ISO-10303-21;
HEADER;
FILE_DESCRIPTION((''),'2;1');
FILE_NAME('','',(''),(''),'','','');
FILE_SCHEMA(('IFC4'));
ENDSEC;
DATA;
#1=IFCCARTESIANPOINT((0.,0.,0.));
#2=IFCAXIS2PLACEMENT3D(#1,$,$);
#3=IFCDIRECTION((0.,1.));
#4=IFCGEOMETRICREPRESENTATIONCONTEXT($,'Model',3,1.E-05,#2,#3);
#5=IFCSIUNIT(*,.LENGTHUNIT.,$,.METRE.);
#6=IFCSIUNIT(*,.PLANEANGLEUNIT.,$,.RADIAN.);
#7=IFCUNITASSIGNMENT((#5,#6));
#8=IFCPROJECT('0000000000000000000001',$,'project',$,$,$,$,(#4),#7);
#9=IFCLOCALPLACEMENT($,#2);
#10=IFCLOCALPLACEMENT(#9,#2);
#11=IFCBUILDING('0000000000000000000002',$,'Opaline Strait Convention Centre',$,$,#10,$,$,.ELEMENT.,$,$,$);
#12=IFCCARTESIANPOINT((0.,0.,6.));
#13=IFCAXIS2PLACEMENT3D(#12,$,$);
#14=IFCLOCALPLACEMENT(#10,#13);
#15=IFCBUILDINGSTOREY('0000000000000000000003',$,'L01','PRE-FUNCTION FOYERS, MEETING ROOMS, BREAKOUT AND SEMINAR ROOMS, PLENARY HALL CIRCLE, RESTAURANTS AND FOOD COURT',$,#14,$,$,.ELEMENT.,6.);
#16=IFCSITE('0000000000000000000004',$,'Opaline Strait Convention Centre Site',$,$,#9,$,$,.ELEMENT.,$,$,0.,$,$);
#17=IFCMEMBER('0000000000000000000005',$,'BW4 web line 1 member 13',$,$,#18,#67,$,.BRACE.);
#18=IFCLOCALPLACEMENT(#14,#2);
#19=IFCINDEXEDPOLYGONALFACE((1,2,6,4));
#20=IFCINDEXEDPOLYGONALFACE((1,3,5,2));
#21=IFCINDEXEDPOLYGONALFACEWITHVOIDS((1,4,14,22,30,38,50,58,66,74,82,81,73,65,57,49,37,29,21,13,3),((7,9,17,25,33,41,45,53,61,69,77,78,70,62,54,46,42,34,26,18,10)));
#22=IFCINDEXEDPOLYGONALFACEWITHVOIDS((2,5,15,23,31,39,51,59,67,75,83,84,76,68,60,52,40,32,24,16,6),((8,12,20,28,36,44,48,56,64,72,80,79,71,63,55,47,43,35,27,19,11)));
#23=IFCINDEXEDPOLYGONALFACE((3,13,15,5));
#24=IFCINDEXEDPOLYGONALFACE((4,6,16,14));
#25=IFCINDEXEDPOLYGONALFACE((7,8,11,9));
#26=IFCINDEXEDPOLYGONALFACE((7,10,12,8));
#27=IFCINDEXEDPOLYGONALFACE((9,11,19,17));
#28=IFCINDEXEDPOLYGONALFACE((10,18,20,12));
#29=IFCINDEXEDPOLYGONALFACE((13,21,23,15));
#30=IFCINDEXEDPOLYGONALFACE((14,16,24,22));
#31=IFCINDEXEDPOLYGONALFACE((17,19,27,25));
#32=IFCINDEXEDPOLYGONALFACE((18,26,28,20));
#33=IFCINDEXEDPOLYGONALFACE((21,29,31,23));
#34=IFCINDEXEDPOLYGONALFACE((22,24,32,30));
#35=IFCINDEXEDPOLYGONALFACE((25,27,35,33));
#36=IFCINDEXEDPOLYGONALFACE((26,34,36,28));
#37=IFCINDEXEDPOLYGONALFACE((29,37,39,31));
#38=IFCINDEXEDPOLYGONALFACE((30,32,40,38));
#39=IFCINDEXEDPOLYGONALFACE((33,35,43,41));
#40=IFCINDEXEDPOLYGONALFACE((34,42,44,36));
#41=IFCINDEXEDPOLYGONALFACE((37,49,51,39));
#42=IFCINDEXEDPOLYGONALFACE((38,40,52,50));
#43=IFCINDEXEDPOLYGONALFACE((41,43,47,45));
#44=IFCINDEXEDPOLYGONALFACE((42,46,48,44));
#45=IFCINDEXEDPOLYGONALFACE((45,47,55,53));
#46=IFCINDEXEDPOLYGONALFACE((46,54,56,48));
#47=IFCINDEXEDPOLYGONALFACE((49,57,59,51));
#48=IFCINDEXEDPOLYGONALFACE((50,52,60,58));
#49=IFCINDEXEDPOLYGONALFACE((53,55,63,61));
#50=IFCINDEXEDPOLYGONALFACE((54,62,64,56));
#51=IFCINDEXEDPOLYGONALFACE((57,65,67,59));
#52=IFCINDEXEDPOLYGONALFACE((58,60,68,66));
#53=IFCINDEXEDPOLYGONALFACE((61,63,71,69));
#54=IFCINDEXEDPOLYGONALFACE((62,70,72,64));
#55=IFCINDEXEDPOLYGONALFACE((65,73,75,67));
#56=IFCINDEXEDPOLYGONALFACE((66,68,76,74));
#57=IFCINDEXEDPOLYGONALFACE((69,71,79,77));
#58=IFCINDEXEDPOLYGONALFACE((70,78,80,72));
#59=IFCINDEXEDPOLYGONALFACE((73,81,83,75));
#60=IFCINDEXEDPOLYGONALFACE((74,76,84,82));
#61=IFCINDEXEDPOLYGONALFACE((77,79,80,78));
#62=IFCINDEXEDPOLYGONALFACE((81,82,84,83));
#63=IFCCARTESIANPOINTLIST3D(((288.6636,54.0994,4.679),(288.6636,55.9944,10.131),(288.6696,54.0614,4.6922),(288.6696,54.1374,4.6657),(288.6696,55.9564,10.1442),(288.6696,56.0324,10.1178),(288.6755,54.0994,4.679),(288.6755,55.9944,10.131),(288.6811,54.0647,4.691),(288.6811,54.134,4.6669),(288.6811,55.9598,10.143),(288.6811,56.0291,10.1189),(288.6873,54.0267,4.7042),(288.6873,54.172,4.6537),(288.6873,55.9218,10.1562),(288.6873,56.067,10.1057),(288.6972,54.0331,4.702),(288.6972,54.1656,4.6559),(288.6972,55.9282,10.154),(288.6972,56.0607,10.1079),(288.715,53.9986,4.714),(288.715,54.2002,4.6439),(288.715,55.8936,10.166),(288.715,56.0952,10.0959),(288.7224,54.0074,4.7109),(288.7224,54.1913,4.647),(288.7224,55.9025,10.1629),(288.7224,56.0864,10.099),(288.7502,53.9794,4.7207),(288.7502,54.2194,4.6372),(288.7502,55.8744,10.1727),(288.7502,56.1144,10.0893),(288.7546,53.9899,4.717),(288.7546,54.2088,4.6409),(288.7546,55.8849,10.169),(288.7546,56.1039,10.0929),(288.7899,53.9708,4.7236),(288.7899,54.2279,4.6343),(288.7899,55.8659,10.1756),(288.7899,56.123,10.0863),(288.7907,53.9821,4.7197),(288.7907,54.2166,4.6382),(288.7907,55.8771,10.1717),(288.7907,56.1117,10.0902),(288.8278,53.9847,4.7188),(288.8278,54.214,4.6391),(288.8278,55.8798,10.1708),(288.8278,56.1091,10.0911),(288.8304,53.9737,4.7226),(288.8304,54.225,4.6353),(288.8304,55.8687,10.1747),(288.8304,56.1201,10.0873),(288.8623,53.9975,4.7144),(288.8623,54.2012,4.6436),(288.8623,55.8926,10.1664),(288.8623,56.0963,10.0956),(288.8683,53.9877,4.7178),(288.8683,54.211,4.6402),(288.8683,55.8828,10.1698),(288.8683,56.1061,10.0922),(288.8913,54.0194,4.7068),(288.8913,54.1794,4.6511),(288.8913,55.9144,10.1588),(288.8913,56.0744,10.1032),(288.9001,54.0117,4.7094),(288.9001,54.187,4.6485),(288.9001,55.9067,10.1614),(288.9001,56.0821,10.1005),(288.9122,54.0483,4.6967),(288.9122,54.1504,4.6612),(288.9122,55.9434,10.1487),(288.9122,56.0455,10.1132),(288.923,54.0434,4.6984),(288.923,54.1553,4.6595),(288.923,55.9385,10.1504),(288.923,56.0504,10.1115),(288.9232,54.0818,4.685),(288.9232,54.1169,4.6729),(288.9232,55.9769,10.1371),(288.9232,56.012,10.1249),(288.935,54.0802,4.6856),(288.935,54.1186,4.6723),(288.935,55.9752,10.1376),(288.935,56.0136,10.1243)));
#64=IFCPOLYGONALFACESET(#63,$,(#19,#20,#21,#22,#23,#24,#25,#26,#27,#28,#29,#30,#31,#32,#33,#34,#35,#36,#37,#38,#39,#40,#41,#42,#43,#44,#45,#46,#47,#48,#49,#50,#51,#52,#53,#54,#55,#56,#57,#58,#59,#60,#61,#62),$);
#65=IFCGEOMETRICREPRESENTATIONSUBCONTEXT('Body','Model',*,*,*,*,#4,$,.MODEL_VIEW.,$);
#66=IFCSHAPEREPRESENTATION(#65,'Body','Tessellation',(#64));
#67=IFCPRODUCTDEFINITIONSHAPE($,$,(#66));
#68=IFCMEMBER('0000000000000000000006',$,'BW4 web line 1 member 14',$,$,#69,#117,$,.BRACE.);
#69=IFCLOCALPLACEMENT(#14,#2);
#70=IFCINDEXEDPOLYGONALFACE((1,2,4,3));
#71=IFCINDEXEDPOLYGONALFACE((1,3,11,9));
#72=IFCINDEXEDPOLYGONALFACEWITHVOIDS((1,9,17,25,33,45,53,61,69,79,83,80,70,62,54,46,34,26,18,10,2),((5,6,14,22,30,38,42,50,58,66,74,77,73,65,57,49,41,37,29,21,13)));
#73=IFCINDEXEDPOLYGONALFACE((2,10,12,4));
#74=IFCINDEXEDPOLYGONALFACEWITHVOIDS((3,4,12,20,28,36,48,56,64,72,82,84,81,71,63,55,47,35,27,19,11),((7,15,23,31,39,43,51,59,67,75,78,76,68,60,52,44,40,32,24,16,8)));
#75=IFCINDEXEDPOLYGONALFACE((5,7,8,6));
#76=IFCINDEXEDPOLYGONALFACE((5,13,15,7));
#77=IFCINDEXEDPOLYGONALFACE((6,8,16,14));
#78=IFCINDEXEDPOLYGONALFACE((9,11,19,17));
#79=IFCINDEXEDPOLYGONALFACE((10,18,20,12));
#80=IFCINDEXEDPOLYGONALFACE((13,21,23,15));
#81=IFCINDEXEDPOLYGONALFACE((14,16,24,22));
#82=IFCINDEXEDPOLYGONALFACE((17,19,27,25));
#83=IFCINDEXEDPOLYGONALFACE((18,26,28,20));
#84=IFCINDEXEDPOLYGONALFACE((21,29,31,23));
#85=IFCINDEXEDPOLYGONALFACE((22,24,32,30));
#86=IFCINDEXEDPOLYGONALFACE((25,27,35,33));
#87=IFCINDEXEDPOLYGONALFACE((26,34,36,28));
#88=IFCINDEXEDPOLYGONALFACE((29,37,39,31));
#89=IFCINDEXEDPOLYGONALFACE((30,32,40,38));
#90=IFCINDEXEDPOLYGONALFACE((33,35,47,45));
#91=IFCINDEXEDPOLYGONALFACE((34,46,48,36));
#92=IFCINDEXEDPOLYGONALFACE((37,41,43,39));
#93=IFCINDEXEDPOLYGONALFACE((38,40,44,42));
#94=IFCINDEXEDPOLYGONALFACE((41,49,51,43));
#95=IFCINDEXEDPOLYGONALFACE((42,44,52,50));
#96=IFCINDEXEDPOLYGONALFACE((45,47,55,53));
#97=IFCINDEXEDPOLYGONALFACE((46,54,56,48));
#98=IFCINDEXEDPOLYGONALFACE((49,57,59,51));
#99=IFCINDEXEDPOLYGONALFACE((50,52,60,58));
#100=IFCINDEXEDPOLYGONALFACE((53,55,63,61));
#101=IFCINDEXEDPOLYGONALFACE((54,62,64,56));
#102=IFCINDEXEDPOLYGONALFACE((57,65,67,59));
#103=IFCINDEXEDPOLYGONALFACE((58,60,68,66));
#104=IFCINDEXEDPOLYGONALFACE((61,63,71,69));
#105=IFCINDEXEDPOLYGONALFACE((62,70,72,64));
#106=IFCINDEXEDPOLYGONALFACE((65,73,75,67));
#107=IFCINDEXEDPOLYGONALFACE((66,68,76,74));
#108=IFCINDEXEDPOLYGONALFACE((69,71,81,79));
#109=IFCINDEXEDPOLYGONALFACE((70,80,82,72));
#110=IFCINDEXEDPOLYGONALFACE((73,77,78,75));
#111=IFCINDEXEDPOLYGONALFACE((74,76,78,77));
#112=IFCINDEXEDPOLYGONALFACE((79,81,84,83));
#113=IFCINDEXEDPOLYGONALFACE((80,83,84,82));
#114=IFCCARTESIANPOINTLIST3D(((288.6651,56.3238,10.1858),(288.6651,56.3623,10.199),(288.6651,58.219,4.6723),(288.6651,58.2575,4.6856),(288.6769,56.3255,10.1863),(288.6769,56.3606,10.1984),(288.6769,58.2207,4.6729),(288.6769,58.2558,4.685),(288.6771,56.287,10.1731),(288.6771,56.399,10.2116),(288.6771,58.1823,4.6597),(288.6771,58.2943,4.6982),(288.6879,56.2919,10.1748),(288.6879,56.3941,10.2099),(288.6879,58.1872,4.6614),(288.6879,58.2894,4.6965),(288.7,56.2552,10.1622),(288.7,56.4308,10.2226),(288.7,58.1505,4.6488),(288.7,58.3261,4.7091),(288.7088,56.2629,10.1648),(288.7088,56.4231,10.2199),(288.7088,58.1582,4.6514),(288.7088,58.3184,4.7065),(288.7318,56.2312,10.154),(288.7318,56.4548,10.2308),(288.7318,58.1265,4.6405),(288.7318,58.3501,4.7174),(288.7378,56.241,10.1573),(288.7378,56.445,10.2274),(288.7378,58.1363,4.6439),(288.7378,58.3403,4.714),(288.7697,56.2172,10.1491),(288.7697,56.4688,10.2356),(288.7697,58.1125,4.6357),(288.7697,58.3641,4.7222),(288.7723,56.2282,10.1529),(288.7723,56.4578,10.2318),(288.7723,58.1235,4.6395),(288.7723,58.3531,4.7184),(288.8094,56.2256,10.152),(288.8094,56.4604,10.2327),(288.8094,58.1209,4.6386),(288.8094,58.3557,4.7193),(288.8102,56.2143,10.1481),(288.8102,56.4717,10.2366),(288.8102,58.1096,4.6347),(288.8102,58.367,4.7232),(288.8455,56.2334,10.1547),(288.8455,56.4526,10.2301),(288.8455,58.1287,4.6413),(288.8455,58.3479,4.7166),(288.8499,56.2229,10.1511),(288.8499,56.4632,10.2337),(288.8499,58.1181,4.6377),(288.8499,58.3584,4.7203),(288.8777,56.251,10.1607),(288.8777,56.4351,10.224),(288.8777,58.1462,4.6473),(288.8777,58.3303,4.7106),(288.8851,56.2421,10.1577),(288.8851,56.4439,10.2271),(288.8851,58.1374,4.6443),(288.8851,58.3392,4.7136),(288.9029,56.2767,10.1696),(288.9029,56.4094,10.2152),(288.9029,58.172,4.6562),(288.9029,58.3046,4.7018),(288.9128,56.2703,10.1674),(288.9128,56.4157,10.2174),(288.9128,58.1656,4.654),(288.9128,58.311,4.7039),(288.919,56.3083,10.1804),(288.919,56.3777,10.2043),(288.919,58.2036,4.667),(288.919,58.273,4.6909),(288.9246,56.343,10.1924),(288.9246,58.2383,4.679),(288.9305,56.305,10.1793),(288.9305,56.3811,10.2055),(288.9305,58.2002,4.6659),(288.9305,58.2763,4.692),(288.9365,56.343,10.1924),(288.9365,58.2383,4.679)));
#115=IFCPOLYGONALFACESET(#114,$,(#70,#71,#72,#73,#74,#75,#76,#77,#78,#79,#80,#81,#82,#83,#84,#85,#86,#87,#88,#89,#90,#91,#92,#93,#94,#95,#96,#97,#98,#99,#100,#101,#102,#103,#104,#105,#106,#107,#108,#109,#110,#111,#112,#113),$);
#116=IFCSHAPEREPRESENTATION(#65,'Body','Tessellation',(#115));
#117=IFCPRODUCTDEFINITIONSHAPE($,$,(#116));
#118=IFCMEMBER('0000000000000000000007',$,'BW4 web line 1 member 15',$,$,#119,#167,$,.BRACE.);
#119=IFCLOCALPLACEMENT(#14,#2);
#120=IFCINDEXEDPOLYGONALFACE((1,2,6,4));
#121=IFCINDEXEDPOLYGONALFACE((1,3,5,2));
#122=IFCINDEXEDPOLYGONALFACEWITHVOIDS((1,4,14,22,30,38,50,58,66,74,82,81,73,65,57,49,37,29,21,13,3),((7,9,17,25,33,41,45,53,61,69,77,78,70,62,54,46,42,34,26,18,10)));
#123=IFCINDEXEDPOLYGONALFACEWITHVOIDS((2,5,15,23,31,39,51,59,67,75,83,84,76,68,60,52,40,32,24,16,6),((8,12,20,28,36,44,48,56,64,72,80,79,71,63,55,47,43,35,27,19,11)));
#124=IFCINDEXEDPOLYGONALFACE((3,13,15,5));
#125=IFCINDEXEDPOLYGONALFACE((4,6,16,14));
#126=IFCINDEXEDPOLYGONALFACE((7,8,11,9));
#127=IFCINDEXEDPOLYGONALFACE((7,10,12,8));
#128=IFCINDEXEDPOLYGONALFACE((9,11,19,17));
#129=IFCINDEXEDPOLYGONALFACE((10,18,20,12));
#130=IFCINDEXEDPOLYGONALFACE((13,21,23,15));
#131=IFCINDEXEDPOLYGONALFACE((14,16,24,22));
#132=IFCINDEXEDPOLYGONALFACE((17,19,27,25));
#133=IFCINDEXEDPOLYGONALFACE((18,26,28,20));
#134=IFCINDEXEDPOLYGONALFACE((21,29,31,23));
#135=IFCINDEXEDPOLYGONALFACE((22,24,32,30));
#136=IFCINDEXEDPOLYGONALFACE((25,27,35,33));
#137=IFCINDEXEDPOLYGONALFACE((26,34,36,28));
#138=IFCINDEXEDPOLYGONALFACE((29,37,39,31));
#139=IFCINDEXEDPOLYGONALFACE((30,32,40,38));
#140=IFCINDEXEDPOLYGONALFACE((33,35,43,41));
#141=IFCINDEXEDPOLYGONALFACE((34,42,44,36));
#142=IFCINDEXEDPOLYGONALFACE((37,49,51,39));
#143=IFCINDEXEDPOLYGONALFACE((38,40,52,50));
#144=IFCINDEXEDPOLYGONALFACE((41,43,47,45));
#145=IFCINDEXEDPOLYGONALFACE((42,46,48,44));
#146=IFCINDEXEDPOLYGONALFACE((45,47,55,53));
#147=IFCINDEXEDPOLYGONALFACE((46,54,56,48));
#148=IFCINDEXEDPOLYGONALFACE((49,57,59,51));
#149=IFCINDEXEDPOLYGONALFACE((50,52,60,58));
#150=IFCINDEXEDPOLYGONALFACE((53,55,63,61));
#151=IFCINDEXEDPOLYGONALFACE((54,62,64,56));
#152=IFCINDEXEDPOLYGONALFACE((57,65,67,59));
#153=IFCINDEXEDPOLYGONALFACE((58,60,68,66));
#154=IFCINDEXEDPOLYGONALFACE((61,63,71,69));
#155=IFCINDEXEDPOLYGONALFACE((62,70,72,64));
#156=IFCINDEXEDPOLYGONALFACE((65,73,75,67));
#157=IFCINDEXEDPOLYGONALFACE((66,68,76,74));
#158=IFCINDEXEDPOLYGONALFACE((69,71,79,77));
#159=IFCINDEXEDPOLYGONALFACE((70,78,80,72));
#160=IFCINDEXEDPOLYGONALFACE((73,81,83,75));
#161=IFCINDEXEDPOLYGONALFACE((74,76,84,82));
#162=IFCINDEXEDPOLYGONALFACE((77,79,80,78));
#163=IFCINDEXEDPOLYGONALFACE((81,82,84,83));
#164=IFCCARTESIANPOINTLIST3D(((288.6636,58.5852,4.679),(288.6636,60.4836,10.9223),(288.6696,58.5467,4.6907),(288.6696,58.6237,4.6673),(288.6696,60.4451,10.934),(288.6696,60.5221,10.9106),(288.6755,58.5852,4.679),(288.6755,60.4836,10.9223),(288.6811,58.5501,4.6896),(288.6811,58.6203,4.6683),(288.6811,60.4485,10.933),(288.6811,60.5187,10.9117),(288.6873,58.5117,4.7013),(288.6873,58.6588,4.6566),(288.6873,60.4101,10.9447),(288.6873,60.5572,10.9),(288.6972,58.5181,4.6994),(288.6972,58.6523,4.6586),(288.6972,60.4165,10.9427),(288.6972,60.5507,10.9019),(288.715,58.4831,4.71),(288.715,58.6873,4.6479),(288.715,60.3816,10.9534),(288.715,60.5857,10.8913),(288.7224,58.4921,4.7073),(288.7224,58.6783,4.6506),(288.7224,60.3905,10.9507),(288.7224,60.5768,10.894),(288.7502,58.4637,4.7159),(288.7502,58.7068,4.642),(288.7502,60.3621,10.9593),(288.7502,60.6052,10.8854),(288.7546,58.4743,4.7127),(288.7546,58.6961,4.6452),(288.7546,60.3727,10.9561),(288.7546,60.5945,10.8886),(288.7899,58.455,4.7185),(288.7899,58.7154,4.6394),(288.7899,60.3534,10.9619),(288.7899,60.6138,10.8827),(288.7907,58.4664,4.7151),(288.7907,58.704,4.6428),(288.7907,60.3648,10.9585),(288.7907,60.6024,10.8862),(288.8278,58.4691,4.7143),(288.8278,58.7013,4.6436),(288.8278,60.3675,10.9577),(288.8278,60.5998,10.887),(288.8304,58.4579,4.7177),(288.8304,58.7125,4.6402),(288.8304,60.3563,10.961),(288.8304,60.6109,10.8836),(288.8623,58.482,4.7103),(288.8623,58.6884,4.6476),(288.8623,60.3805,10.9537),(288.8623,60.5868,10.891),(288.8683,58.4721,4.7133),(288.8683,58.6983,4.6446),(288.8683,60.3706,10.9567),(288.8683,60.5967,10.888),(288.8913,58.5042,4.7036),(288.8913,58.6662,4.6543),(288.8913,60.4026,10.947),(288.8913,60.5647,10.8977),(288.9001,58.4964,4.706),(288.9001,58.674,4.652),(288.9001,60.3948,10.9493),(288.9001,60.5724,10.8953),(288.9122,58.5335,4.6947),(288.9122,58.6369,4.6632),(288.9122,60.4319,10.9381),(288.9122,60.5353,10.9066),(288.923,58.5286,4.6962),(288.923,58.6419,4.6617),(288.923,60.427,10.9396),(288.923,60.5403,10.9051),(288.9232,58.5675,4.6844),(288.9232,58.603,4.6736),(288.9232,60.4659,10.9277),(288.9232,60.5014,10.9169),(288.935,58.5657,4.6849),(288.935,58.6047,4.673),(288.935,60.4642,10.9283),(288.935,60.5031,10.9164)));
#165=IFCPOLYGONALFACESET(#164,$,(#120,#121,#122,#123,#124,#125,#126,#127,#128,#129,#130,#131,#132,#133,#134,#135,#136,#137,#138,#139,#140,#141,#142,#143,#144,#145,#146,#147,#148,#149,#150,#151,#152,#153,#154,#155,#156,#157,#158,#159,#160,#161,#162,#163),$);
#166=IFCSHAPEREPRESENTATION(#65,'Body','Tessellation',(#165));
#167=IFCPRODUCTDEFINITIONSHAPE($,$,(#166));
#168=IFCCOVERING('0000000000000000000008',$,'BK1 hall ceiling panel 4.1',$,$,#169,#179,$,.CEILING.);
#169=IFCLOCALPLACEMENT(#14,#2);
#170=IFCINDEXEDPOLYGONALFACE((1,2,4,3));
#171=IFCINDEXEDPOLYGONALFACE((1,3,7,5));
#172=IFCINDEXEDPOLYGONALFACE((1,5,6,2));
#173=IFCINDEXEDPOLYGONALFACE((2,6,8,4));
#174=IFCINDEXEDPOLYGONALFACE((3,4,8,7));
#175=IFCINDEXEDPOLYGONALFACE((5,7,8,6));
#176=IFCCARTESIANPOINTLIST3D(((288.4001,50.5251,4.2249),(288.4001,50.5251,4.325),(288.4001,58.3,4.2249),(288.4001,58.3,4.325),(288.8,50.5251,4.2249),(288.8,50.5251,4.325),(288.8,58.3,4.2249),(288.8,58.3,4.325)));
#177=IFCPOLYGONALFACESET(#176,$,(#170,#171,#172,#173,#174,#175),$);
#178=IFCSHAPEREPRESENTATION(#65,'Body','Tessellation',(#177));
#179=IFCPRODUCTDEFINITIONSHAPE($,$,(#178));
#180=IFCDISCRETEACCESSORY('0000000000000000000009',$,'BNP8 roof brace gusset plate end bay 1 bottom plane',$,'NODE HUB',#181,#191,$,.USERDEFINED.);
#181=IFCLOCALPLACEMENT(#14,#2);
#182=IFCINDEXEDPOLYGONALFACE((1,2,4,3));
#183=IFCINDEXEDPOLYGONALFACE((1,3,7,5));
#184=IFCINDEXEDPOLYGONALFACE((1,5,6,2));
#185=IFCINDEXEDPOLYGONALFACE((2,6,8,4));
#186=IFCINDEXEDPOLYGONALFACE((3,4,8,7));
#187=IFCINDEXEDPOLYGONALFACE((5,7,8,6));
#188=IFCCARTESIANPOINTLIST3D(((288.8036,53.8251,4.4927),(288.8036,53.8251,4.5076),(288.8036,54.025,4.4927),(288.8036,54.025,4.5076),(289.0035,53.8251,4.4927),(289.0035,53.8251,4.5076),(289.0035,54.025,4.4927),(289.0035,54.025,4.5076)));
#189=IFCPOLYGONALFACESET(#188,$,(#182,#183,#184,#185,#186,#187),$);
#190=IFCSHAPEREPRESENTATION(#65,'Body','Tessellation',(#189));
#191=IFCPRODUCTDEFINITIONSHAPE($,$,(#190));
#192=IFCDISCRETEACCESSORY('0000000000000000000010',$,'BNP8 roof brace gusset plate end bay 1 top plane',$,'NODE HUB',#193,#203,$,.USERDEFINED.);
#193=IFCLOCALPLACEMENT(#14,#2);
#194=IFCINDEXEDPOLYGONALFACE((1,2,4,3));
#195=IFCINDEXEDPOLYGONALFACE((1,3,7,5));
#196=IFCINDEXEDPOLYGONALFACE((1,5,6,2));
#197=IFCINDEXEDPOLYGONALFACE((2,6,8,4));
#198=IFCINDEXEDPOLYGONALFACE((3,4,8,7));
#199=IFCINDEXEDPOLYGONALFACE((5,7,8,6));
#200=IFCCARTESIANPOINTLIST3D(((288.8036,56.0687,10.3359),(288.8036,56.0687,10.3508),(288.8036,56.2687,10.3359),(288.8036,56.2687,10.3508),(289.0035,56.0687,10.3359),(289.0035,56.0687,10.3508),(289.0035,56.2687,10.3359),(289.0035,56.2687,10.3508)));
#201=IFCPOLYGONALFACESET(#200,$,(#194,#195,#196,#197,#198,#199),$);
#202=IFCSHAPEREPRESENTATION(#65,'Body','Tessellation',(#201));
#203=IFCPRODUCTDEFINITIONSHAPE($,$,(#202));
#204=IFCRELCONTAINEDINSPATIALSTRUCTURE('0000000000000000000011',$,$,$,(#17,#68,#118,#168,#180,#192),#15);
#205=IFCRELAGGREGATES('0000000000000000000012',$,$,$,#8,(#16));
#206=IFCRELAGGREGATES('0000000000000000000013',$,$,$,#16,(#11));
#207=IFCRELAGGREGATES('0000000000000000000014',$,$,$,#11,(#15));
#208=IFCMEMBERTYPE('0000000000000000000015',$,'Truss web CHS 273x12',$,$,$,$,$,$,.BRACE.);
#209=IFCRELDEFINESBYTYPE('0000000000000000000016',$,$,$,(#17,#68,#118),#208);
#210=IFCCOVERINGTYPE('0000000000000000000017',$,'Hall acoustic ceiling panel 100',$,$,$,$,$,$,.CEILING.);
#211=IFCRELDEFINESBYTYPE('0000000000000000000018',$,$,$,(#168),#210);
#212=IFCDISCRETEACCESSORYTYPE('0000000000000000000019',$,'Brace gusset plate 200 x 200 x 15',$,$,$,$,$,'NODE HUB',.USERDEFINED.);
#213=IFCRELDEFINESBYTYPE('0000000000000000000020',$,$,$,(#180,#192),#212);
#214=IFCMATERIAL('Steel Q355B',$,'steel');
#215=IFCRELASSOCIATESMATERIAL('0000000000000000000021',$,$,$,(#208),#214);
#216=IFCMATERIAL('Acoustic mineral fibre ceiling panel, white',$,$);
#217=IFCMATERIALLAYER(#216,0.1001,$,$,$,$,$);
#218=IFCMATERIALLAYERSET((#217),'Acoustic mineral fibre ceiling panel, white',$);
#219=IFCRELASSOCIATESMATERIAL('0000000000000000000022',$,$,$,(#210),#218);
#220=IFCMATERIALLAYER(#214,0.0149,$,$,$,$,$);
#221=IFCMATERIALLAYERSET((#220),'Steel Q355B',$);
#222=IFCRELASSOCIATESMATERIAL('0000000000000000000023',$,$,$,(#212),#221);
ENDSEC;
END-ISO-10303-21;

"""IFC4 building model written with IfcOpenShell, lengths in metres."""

from ifc_helpers import new_model, si_unit, direction, frame, origin, origin_2d, place, context, subcontext, project, spatial, rectangle, hollow_circle, extrude, material, layer, layer_set, material_profile, profile_set, type_object, element, save


model = new_model("IFC4")

# Units and contexts
model_context = context("Model", 3, precision=1e-05, world=origin(), true_north=direction((0.0, 1.0)))
body_context = subcontext(model_context, "Body", "Model", "MODEL_VIEW")
ifc_project = project(units=[si_unit("LENGTHUNIT", "METRE"), si_unit("PLANEANGLEUNIT", "RADIAN")], contexts=[model_context])

# Site, building, storey
site_placement = place(None, origin())
site = spatial("IfcSite", under=ifc_project, at=site_placement, Name="Opaline Strait Convention Centre Site", CompositionType="ELEMENT", RefElevation=0.0)
building_placement = place(site_placement, origin())
building = spatial("IfcBuilding", under=site, at=building_placement, Name="Opaline Strait Convention Centre", CompositionType="ELEMENT")
storey_placement = place(building_placement, frame((0.0, 0.0, 6.0)))
storey = spatial("IfcBuildingStorey", under=building, at=storey_placement, Name="L01", Description="PRE-FUNCTION FOYERS, MEETING ROOMS, BREAKOUT AND SEMINAR ROOMS, PLENARY HALL CIRCLE, RESTAURANTS AND FOOD COURT", CompositionType="ELEMENT", Elevation=6.0)

# Members
ifc_material_1 = material(Name="Steel Q355B", Category="steel")
ifc_material_profile_1 = material_profile(ifc_material_1, hollow_circle(Radius=0.1365, WallThickness=0.012, at=origin_2d()), Name="CHS 273x12")
ifc_profile_set_1 = profile_set([ifc_material_profile_1], Name="Steel Q355B")
member_type_1 = type_object("IfcMemberType", Name="Truss web CHS 273x12", PredefinedType="BRACE", material=ifc_profile_set_1)
member_1_placement = place(storey_placement, frame((288.8, 54.0994, 4.679), z_axis=(0.0, 0.32832, 0.944566), x_axis=(-1.0, 0.0, 0.0)))
element("IfcMember", 1, at=member_1_placement, inside=storey, type_object=member_type_1, Name="BW4 web line 1 member 13", PredefinedType="BRACE", context=body_context, shape_type="SweptSolid", body=[
    extrude(hollow_circle(Radius=0.1365, WallThickness=0.012, at=origin_2d()), origin(), (0.0, 0.0, 1.0), 5.772),
])
member_2_placement = place(storey_placement, frame((288.8, 58.2383, 4.679), z_axis=(0.0, -0.325083, 0.945685), x_axis=(1.0, 0.0, 0.0)))
element("IfcMember", 2, at=member_2_placement, inside=storey, type_object=member_type_1, Name="BW4 web line 1 member 14", PredefinedType="BRACE", context=body_context, shape_type="SweptSolid", body=[
    extrude(hollow_circle(Radius=0.1365, WallThickness=0.012, at=origin_2d()), origin(), (0.0, 0.0, 1.0), 5.8301),
])
member_3_placement = place(storey_placement, frame((288.8, 58.5852, 4.679), z_axis=(0.0, 0.290919, 0.956748), x_axis=(-1.0, 0.0, 0.0)))
element("IfcMember", 3, at=member_3_placement, inside=storey, type_object=member_type_1, Name="BW4 web line 1 member 15", PredefinedType="BRACE", context=body_context, shape_type="SweptSolid", body=[
    extrude(hollow_circle(Radius=0.1365, WallThickness=0.012, at=origin_2d()), origin(), (0.0, 0.0, 1.0), 6.5256),
])

# Covering
ifc_material_2 = material(Name="Acoustic mineral fibre ceiling panel, white")
ifc_layer_1 = layer(ifc_material_2, 0.1001)
ifc_layer_set_1 = layer_set([ifc_layer_1], Name="Acoustic mineral fibre ceiling panel, white")
covering_type = type_object("IfcCoveringType", Name="Hall acoustic ceiling panel 100", PredefinedType="CEILING", material=ifc_layer_set_1)
covering_placement = place(storey_placement, frame((288.6001, 54.4126, 4.2249), z_axis=(0.0, 0.0, 1.0), x_axis=(1.0, 0.0, 0.0)))
element("IfcCovering", 4, at=covering_placement, inside=storey, type_object=covering_type, Name="BK1 hall ceiling panel 4.1", PredefinedType="CEILING", context=body_context, shape_type="SweptSolid", body=[
    extrude(rectangle(XDim=0.3999, YDim=7.7749, at=origin_2d()), origin(), (0.0, 0.0, 1.0), 0.1001),
])

# Discrete accessories
ifc_layer_2 = layer(ifc_material_1, 0.0149)
ifc_layer_set_2 = layer_set([ifc_layer_2], Name="Steel Q355B")
discrete_accessory_type_1 = type_object("IfcDiscreteAccessoryType", Name="Brace gusset plate 200 x 200 x 15", ElementType="NODE HUB", PredefinedType="USERDEFINED", material=ifc_layer_set_2)
for number, where, z_axis, x_axis, name in (
    (5, (288.9036, 53.925, 4.4927), (0.0, 0.0, 1.0), (1.0, 0.0, 0.0), "BNP8 roof brace gusset plate end bay 1 bottom plane"),
    (6, (288.9036, 56.1687, 10.3359), (0.0, 0.0, 1.0), (1.0, 0.0, 0.0), "BNP8 roof brace gusset plate end bay 1 top plane"),
):
    element("IfcDiscreteAccessory", number, at=place(storey_placement, frame(where, z_axis=z_axis, x_axis=x_axis)), inside=storey, type_object=discrete_accessory_type_1, Name=name, ObjectType="NODE HUB", PredefinedType="USERDEFINED", context=body_context, shape_type="SweptSolid", body=[
        extrude(rectangle(XDim=0.2, YDim=0.2, at=origin_2d()), origin(), (0.0, 0.0, 1.0), 0.0149),
    ])

save(model, "model.ifc")
